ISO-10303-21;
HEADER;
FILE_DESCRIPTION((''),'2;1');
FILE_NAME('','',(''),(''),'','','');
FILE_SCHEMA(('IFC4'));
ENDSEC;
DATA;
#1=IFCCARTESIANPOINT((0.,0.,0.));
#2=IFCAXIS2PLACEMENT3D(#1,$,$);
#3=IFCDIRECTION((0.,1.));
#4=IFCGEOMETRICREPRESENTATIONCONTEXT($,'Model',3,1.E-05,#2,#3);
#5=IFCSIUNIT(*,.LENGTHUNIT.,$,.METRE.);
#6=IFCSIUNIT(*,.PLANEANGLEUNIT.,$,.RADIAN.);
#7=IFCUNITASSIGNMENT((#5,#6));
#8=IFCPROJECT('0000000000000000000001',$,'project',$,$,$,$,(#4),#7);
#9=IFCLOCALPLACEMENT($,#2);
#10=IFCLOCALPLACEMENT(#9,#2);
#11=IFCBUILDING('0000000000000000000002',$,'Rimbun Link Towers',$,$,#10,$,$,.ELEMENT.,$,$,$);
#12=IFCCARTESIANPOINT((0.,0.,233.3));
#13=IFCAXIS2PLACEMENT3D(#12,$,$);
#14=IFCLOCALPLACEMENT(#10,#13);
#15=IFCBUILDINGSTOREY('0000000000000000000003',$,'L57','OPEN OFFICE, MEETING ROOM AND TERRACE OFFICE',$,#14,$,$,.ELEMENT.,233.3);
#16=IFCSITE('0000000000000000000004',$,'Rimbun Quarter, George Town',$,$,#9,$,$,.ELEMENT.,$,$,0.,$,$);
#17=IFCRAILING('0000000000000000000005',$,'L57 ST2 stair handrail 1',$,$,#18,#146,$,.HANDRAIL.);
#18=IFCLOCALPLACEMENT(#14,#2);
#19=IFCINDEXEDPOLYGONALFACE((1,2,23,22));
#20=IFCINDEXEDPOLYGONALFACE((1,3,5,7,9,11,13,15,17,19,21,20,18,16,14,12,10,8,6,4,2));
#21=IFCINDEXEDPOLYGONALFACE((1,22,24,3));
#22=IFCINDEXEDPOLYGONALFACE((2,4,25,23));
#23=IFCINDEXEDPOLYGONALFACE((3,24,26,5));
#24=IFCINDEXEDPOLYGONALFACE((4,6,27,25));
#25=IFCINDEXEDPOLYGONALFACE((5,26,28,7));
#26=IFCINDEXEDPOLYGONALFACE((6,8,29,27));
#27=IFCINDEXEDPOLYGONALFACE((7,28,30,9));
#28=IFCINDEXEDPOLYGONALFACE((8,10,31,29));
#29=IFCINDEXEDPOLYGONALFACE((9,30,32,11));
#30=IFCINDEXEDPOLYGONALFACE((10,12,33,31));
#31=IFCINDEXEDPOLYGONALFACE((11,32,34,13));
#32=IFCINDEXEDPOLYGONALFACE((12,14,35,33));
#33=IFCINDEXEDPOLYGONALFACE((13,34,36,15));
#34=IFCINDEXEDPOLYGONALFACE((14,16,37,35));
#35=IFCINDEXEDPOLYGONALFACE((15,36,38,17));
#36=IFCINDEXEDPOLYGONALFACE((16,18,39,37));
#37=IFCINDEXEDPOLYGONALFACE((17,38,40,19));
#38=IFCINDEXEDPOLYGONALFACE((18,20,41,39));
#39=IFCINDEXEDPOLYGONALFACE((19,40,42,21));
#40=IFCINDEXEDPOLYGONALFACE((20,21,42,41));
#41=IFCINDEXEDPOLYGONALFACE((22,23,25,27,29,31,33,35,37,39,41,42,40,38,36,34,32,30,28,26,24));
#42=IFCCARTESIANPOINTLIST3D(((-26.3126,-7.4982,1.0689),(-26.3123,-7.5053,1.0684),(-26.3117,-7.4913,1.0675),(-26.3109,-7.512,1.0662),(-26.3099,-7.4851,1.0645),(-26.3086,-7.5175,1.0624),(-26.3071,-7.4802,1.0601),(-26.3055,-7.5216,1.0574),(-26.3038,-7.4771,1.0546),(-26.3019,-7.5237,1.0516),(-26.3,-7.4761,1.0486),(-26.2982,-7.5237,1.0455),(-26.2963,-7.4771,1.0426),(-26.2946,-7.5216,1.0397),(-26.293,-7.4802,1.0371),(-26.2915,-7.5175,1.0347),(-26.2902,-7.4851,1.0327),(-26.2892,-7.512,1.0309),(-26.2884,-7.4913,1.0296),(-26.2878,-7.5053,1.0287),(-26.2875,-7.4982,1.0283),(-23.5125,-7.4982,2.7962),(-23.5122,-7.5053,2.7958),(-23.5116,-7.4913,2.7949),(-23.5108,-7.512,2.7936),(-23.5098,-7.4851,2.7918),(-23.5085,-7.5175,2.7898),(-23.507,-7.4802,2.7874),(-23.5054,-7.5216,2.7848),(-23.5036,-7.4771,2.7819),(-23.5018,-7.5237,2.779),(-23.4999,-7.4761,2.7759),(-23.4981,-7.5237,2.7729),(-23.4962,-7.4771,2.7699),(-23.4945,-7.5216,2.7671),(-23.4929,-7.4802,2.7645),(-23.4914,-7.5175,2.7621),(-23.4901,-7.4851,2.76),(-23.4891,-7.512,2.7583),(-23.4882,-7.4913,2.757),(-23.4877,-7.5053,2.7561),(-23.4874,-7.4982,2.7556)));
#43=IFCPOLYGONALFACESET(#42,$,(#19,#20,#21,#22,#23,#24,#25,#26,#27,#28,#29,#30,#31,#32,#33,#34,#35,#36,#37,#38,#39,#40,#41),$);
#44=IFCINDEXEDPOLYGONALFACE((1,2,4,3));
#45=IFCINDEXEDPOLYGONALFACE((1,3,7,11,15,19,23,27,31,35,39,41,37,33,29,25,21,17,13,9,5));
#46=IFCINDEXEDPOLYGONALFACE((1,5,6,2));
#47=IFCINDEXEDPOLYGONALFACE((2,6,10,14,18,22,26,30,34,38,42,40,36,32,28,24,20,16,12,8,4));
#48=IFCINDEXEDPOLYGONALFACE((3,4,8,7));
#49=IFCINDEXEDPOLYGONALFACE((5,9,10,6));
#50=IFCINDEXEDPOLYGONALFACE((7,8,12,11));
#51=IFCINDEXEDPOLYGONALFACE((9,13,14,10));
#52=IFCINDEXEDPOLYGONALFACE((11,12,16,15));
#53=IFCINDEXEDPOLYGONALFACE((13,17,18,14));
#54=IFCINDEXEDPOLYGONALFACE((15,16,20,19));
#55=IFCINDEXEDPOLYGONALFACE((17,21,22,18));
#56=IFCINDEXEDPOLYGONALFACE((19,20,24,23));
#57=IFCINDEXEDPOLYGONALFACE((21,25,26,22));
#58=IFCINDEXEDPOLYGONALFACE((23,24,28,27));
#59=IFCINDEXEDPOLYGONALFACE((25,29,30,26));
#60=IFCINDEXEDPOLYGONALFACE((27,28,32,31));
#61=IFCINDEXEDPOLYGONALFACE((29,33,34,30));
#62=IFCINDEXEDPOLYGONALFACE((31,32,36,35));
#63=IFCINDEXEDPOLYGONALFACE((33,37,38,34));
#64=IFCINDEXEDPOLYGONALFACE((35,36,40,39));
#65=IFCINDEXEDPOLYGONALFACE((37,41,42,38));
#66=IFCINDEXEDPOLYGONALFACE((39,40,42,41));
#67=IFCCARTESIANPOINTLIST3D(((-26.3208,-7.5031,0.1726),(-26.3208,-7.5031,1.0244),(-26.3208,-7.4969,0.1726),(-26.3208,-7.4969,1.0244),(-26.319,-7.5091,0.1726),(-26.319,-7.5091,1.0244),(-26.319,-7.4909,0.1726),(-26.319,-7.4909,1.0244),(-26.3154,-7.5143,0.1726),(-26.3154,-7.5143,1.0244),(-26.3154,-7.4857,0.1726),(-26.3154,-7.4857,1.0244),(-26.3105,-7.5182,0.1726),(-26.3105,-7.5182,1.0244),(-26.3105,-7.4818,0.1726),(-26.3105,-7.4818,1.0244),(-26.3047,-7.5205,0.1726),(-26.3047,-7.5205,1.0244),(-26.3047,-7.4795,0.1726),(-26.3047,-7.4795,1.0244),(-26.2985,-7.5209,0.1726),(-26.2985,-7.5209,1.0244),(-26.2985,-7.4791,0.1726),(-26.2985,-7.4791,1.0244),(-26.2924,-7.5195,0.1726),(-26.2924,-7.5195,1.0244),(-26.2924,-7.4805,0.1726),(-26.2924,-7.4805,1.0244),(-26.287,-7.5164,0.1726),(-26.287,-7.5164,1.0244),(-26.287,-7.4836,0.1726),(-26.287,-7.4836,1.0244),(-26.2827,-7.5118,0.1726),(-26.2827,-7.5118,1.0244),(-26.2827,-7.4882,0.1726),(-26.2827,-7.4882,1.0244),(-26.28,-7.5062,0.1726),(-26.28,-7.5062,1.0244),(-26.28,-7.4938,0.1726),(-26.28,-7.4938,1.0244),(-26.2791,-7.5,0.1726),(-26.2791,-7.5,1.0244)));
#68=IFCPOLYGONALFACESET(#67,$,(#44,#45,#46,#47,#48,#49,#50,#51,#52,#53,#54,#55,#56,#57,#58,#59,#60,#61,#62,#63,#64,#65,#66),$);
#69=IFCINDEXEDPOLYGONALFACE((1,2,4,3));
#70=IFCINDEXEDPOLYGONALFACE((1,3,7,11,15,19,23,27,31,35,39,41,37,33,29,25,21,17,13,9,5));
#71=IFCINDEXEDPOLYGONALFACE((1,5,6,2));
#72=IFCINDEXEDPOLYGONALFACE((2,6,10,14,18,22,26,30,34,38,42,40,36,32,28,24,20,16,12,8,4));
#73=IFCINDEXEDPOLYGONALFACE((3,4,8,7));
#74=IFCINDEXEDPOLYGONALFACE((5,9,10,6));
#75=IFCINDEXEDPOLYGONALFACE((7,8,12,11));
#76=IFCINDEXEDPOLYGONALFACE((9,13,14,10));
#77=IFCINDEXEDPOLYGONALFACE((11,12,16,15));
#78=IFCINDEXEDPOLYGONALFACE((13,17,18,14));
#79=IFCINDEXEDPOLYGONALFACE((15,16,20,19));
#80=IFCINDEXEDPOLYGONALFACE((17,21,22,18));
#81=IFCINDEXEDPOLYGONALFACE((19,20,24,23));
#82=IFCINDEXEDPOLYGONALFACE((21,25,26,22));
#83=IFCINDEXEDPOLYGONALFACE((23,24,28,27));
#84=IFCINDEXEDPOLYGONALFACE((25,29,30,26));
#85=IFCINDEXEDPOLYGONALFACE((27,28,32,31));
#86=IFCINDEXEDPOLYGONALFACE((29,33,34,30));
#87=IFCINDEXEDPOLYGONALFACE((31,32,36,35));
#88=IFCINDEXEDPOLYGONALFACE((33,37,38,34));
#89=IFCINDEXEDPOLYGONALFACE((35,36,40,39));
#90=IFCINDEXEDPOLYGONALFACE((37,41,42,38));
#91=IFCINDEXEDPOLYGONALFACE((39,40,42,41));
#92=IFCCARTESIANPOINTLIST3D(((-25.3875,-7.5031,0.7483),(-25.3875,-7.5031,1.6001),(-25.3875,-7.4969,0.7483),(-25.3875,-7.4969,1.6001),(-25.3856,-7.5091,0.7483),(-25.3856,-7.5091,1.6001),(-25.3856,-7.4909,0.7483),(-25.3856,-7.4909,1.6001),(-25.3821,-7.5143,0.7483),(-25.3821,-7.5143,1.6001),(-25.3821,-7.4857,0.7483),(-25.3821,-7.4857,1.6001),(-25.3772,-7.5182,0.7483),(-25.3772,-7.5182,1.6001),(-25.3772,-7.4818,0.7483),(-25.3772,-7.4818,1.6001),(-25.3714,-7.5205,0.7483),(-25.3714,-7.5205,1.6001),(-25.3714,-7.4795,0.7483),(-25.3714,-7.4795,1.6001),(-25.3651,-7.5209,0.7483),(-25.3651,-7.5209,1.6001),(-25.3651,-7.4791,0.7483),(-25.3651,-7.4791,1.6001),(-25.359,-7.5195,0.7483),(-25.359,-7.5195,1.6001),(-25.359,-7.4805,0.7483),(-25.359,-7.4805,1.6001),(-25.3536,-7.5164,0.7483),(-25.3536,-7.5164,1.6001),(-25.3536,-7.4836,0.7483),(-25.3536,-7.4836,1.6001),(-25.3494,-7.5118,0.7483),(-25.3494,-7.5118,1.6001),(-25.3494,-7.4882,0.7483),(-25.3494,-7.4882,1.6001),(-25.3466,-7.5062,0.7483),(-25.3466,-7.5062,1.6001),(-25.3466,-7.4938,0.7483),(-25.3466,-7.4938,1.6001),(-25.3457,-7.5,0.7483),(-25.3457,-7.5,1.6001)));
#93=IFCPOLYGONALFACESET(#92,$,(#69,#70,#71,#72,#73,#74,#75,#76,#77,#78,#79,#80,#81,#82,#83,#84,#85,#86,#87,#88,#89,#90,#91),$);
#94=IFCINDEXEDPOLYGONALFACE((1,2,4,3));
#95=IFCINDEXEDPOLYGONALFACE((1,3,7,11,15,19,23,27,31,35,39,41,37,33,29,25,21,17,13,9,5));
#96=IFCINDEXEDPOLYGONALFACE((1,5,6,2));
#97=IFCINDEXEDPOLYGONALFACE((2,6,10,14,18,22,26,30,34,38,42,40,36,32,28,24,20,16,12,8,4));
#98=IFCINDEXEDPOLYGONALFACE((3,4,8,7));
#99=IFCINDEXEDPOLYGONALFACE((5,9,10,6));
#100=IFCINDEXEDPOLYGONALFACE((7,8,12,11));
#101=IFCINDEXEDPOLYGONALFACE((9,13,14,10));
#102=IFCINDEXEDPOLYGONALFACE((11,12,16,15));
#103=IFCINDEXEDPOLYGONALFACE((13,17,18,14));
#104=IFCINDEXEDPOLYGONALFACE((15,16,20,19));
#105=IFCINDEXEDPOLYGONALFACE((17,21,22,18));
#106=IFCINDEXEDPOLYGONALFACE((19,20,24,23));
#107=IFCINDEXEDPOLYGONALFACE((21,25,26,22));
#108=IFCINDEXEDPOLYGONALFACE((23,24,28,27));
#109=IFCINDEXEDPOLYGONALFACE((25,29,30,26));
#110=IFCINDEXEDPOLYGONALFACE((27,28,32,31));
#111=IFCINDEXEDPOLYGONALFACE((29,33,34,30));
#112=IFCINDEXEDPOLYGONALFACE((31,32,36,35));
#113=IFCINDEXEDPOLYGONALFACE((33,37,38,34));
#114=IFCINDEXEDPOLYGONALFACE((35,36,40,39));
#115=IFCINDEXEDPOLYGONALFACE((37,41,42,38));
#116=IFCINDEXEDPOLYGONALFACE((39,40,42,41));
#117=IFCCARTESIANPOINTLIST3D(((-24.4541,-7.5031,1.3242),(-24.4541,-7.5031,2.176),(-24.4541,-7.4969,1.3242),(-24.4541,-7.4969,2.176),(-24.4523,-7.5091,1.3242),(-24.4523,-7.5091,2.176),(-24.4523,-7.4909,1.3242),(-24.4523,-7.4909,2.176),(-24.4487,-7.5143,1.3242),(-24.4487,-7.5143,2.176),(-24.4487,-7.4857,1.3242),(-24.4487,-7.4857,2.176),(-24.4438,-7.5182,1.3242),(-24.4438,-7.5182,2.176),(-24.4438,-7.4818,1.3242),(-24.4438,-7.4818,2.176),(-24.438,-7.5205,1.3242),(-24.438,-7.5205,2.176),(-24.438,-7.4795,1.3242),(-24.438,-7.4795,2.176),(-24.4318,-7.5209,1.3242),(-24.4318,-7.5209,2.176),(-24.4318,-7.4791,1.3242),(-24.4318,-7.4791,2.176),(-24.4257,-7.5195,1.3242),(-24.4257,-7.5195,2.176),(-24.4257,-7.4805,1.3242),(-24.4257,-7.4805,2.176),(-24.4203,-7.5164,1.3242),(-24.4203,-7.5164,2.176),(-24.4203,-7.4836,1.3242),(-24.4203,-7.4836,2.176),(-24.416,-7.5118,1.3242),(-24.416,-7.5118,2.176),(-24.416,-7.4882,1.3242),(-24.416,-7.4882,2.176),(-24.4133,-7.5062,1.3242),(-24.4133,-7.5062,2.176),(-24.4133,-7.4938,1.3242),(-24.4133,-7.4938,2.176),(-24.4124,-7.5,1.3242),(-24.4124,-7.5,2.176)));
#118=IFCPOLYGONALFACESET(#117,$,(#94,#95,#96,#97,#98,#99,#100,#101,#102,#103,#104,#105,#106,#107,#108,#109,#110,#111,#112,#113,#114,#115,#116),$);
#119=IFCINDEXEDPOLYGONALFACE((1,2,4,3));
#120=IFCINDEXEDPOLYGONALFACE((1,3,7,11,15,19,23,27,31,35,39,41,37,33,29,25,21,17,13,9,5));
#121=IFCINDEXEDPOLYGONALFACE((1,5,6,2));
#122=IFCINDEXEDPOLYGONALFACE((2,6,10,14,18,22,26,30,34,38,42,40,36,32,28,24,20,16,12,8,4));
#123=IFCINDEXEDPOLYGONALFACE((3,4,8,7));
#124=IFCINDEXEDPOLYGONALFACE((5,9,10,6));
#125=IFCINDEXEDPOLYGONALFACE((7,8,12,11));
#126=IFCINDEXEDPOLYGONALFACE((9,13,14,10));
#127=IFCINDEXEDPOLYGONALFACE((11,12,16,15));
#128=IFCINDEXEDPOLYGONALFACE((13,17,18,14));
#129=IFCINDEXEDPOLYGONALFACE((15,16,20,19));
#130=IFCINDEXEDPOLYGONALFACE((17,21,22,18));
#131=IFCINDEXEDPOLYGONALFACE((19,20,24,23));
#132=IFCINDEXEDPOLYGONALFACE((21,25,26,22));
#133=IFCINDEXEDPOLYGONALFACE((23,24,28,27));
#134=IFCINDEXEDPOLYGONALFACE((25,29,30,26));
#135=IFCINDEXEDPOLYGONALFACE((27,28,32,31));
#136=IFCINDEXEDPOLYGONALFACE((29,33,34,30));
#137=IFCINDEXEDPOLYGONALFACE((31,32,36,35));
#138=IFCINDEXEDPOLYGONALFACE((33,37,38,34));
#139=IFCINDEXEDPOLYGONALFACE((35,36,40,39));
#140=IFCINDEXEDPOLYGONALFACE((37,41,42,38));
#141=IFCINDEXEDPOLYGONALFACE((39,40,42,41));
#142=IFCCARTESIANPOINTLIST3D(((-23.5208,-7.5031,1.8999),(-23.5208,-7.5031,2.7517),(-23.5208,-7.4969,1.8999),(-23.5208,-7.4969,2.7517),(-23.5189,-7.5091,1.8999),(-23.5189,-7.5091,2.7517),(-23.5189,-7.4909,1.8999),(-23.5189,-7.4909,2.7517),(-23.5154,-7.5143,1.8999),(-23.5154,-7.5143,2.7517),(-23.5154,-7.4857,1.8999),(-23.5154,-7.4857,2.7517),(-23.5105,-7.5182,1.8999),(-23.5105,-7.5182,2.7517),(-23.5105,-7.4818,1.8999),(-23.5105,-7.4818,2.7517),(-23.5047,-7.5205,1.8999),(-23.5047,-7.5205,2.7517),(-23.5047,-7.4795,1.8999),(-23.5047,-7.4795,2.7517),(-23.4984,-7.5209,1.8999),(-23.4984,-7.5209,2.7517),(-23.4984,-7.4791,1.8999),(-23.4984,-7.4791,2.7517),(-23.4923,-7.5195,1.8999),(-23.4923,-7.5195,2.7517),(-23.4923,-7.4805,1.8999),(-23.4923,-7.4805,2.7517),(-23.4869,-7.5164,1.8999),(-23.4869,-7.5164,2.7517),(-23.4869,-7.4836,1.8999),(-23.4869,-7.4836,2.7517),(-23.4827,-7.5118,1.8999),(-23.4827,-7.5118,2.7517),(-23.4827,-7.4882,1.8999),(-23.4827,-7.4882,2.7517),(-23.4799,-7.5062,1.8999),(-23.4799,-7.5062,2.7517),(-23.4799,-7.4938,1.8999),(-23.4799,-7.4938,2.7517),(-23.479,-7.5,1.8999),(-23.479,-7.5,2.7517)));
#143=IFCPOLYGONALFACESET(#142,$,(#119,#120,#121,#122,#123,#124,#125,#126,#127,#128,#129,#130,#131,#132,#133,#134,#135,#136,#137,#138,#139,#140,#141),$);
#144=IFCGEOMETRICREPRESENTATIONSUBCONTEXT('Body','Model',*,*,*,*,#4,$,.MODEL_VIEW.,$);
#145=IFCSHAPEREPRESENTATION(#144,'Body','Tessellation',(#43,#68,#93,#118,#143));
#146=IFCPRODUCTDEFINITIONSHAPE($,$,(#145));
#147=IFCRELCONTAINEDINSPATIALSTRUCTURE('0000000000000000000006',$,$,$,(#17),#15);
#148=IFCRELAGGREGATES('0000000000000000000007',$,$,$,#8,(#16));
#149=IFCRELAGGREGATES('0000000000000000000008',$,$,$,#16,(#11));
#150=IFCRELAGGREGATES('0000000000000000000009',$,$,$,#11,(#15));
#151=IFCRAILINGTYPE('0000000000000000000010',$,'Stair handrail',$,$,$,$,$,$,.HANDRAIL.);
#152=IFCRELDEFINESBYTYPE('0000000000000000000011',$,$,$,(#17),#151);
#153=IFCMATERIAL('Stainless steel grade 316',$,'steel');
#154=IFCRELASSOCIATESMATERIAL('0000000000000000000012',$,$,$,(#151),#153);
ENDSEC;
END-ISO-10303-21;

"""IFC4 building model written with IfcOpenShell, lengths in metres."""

from ifc_helpers import new_model, si_unit, direction, frame, origin, origin_2d, place, context, subcontext, project, spatial, circle, extrude, material, type_object, element, save


model = new_model("IFC4")

# Units and contexts
model_context = context("Model", 3, precision=1e-05, world=origin(), true_north=direction((0.0, 1.0)))
body_context = subcontext(model_context, "Body", "Model", "MODEL_VIEW")
ifc_project = project(units=[si_unit("LENGTHUNIT", "METRE"), si_unit("PLANEANGLEUNIT", "RADIAN")], contexts=[model_context])

# Site, building, storey
site_placement = place(None, origin())
site = spatial("IfcSite", under=ifc_project, at=site_placement, Name="Rimbun Quarter, George Town", CompositionType="ELEMENT", RefElevation=0.0)
building_placement = place(site_placement, origin())
building = spatial("IfcBuilding", under=site, at=building_placement, Name="Rimbun Link Towers", CompositionType="ELEMENT")
storey_placement = place(building_placement, frame((0.0, 0.0, 233.3)))
storey = spatial("IfcBuildingStorey", under=building, at=storey_placement, Name="L57", Description="OPEN OFFICE, MEETING ROOM AND TERRACE OFFICE", CompositionType="ELEMENT", Elevation=233.3)

# Railing
ifc_material_1 = material(Name="Stainless steel grade 316", Category="steel")
railing_type_1 = type_object("IfcRailingType", Name="Stair handrail", PredefinedType="HANDRAIL", material=ifc_material_1)
railing_1_placement = place(storey_placement, frame((-26.3, -7.5, 0.1726)))
element("IfcRailing", 1, at=railing_1_placement, inside=storey, type_object=railing_type_1, Name="L57 ST2 stair handrail 1", PredefinedType="HANDRAIL", context=body_context, shape_type="SweptSolid", body=[
    extrude(circle(Radius=0.0239, at=origin_2d()), frame((0.0, 0.0, 0.876), z_axis=(0.85109, 0.0, 0.52502), x_axis=(0.0, 1.0, 0.0)), (0.0, 0.0, 1.0), 3.29),
    extrude(circle(Radius=0.021, at=origin_2d()), origin(), (0.0, 0.0, 1.0), 0.8518),
    extrude(circle(Radius=0.021, at=origin_2d()), frame((0.9333, 0.0, 0.5757)), (0.0, 0.0, 1.0), 0.8518),
    extrude(circle(Radius=0.021, at=origin_2d()), frame((1.8667, 0.0, 1.1516)), (0.0, 0.0, 1.0), 0.8518),
    extrude(circle(Radius=0.021, at=origin_2d()), frame((2.8, 0.0, 1.7273)), (0.0, 0.0, 1.0), 0.8518),
])

save(model, "model.ifc")
